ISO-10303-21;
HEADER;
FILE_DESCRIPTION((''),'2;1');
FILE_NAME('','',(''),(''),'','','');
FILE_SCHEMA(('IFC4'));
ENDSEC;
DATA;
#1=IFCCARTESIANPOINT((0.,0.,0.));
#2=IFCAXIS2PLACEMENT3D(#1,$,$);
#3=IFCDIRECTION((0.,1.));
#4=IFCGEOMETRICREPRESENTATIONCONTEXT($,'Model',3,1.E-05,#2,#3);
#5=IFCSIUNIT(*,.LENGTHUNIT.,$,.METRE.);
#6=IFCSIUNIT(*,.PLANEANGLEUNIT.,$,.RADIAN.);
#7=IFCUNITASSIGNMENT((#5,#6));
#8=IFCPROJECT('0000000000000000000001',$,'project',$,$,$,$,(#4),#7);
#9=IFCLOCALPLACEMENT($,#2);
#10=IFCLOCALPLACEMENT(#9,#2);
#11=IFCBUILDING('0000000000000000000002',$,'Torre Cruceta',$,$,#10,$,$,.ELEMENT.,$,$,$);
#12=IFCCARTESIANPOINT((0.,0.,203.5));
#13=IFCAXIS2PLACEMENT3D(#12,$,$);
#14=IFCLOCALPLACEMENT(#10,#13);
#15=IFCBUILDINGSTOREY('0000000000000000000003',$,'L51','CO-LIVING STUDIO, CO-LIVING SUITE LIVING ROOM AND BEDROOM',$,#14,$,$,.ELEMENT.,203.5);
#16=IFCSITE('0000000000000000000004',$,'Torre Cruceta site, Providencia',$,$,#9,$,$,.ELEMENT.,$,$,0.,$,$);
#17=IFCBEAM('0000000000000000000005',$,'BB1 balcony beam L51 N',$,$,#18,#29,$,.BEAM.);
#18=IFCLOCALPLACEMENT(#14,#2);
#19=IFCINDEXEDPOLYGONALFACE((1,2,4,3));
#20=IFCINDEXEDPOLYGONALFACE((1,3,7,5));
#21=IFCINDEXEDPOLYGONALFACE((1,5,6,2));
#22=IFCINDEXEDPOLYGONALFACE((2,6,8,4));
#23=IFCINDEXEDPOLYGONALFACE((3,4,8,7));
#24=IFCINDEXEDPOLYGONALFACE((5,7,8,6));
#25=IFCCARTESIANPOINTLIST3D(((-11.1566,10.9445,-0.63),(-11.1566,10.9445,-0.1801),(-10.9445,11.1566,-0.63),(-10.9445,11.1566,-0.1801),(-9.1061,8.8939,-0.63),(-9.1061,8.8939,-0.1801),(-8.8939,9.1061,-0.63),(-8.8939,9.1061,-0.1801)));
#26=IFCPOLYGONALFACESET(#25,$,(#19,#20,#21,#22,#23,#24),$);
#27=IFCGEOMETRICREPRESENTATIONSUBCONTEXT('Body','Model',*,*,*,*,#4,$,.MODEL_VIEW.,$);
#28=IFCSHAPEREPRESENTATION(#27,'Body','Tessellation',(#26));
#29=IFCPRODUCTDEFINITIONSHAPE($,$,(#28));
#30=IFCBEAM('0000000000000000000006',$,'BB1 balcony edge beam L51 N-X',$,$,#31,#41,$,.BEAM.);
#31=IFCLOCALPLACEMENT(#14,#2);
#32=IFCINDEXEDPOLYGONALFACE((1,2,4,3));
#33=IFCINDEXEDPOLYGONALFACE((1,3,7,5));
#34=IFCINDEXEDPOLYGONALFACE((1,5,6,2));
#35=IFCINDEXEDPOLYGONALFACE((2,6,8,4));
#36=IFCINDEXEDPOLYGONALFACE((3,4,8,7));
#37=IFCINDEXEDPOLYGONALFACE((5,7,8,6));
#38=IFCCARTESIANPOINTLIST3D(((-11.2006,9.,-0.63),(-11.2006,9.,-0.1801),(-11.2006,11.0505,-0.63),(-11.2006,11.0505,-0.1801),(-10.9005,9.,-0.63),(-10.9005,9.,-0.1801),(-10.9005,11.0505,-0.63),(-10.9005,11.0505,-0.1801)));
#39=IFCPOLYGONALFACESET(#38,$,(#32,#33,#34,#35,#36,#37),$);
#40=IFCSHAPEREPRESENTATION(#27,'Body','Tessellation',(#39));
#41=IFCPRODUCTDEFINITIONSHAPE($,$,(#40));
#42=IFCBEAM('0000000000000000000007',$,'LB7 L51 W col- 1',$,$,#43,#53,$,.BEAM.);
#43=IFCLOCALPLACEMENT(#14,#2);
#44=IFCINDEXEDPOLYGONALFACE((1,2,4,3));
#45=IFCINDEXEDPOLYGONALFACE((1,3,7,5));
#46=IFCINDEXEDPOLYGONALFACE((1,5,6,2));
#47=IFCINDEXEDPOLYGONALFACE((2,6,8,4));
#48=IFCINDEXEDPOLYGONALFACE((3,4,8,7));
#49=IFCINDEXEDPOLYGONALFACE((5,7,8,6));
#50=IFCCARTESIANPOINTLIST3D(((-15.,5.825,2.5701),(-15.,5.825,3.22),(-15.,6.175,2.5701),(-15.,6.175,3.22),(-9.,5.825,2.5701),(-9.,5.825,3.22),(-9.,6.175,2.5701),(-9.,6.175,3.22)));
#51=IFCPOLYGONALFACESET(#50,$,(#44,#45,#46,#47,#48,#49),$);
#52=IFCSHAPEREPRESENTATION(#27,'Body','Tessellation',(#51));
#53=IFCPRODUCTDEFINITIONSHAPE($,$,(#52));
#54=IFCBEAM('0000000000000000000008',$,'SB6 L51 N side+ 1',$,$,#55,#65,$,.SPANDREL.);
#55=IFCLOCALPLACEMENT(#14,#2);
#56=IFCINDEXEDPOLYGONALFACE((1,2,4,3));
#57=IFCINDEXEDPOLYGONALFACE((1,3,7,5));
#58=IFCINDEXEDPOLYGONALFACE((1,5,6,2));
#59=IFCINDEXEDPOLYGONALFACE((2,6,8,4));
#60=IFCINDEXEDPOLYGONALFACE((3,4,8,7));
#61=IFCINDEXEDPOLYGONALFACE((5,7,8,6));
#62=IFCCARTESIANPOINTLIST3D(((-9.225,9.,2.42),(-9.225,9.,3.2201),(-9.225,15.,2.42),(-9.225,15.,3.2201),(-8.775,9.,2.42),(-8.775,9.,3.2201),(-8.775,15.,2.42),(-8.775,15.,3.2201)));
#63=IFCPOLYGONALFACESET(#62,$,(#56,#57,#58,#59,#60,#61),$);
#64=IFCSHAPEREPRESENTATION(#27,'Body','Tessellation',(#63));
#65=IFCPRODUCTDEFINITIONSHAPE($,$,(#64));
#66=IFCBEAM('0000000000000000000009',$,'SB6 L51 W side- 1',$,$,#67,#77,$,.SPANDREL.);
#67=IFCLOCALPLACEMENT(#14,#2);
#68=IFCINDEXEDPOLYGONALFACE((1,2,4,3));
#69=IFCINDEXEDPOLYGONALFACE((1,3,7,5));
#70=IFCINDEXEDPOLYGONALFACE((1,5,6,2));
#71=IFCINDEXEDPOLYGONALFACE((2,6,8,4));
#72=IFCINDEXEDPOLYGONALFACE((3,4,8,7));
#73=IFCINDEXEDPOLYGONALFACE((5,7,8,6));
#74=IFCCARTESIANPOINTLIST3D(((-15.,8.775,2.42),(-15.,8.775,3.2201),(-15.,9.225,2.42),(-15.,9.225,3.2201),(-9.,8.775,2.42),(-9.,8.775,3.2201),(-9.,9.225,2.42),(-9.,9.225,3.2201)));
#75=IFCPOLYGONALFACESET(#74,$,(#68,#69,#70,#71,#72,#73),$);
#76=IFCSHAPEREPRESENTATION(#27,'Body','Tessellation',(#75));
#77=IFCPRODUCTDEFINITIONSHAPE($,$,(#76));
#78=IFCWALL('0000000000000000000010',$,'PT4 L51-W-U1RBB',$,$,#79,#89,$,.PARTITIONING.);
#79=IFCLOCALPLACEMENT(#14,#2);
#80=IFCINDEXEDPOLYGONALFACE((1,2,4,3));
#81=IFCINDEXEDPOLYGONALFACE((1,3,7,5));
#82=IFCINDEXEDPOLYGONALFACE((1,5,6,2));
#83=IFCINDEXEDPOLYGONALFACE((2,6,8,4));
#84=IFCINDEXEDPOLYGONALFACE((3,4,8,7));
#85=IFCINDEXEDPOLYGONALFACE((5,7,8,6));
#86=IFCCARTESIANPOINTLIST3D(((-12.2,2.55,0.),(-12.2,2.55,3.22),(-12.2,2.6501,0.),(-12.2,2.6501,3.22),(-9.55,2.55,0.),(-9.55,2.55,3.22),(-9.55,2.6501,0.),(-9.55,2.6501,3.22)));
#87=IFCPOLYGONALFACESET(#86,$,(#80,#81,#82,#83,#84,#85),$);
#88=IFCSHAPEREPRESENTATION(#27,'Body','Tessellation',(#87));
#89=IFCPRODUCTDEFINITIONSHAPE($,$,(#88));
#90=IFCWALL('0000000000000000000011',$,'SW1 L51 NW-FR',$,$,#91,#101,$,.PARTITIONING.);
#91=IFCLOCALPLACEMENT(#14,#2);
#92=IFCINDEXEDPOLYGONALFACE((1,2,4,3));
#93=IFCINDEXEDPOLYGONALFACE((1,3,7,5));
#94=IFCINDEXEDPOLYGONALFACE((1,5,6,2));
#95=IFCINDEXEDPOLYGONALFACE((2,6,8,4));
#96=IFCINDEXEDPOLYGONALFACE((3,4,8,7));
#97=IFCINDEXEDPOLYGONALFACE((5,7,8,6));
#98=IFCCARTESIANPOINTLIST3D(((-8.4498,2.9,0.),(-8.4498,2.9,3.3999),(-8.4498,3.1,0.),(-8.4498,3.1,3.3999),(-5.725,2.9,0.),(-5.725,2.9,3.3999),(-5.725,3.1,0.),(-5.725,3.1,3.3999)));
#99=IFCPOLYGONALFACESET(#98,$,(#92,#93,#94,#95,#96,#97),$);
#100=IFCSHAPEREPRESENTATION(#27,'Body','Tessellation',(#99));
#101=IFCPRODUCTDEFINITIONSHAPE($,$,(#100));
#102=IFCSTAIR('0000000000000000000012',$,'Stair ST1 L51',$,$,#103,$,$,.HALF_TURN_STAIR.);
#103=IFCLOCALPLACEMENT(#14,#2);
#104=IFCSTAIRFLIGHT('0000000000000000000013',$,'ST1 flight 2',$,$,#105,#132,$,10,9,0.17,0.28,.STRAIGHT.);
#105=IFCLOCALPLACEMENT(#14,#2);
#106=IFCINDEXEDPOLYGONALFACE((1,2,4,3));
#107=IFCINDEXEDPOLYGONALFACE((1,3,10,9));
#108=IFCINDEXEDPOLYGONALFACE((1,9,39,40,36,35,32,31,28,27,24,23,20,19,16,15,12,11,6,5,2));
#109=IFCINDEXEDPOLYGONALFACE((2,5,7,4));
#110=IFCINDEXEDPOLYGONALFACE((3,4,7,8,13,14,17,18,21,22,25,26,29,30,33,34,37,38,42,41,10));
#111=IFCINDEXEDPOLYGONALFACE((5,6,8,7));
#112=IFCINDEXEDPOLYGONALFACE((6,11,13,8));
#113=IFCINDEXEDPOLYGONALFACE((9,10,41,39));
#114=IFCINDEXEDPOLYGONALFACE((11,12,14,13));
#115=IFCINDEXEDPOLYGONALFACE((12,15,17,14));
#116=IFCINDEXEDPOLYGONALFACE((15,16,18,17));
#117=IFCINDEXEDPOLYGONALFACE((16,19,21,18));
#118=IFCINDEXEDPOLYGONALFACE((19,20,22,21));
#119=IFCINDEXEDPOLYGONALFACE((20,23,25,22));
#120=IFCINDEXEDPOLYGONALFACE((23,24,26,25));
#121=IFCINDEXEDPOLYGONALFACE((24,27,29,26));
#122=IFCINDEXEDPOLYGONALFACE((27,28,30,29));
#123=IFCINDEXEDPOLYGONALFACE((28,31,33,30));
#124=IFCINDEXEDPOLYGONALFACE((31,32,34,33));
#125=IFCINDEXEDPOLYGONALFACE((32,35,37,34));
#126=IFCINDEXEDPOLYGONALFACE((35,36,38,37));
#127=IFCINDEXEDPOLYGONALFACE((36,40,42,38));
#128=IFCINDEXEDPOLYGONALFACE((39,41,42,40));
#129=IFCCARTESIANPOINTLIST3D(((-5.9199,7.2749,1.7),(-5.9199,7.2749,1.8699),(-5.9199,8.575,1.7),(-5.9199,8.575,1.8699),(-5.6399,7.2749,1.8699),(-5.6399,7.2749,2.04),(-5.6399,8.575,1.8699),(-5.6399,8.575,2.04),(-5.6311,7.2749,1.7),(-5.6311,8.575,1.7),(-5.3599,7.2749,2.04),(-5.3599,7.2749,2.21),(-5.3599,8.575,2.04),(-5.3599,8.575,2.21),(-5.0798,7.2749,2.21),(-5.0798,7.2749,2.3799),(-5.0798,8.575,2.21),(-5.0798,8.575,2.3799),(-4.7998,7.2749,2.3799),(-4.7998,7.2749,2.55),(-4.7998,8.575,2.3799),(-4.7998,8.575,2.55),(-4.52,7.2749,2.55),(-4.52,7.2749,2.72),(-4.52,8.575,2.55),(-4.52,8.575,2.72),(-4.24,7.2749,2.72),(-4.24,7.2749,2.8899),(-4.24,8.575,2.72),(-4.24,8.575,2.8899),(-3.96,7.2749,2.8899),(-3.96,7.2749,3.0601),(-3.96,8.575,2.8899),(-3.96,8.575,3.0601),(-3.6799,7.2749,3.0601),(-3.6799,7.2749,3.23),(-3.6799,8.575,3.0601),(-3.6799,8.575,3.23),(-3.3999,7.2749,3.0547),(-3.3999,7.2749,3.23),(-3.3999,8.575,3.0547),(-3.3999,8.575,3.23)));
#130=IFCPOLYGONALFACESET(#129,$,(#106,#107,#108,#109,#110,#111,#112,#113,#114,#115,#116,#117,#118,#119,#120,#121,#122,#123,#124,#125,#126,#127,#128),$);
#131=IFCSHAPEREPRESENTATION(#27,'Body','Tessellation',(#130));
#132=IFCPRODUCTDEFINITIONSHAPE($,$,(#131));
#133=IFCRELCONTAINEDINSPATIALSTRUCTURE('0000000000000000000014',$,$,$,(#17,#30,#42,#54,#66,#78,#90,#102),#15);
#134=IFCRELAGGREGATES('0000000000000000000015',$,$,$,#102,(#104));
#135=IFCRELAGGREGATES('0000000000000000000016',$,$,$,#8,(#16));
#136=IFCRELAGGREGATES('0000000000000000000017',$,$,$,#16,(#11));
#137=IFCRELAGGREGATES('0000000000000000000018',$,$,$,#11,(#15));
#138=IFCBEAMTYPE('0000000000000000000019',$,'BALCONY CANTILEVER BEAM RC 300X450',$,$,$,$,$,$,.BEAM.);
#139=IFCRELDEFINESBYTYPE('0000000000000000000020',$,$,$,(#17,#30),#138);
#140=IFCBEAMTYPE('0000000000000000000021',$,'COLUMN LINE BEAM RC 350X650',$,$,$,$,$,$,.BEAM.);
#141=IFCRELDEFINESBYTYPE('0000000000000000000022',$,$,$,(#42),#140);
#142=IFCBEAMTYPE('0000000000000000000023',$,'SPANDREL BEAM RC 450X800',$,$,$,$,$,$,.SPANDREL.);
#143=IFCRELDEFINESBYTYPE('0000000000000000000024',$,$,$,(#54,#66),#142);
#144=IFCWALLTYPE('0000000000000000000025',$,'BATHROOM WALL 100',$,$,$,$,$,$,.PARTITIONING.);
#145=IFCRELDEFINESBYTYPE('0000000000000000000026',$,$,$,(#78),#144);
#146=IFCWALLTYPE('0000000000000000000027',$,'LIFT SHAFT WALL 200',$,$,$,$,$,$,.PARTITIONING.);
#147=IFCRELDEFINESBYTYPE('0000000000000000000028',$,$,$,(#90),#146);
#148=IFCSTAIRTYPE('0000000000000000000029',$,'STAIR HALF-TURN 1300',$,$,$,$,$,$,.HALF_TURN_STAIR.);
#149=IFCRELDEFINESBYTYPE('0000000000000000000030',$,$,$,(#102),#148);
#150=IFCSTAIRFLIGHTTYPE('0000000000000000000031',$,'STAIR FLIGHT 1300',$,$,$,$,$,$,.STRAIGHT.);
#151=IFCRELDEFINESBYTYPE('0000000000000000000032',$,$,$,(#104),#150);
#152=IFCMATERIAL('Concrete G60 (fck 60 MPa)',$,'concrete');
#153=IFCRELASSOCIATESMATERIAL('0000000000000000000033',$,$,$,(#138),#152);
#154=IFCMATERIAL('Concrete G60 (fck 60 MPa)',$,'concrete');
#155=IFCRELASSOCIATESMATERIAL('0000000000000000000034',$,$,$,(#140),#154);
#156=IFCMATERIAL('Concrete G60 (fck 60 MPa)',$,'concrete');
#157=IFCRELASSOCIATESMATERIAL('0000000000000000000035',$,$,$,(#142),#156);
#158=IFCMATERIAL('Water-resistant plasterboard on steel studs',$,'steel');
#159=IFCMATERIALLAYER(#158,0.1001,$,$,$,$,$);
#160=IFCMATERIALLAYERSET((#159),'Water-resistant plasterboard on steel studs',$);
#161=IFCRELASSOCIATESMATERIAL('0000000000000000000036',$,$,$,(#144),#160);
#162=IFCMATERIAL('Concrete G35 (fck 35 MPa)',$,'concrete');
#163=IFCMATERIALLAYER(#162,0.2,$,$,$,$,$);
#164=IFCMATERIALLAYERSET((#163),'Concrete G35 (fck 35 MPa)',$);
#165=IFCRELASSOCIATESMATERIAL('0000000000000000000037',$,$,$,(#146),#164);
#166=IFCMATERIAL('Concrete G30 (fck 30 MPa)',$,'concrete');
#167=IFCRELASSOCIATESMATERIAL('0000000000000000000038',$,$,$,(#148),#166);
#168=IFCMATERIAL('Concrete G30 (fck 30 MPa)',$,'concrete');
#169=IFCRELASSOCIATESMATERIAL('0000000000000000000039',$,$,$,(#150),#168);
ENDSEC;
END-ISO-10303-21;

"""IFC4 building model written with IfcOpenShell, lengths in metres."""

from ifc_helpers import new_model, si_unit, direction, frame, frame_2d, origin, origin_2d, place, context, subcontext, project, spatial, polyline, rectangle, outline, extrude, material, layer, layer_set, material_profile, profile_set, type_object, element, aggregate, save


model = new_model("IFC4")

# Units and contexts
model_context = context("Model", 3, precision=1e-05, world=origin(), true_north=direction((0.0, 1.0)))
body_context = subcontext(model_context, "Body", "Model", "MODEL_VIEW")
ifc_project = project(units=[si_unit("LENGTHUNIT", "METRE"), si_unit("PLANEANGLEUNIT", "RADIAN")], contexts=[model_context])

# Site, building, storey
site_placement = place(None, origin())
site = spatial("IfcSite", under=ifc_project, at=site_placement, Name="Torre Cruceta site, Providencia", CompositionType="ELEMENT", RefElevation=0.0)
building_placement = place(site_placement, origin())
building = spatial("IfcBuilding", under=site, at=building_placement, Name="Torre Cruceta", CompositionType="ELEMENT")
storey_placement = place(building_placement, frame((0.0, 0.0, 203.5)))
storey = spatial("IfcBuildingStorey", under=building, at=storey_placement, Name="L51", Description="CO-LIVING STUDIO, CO-LIVING SUITE LIVING ROOM AND BEDROOM", CompositionType="ELEMENT", Elevation=203.5)

# Beams
ifc_material_1 = material(Name="Concrete G60 (fck 60 MPa)", Category="concrete")
ifc_material_profile_1 = material_profile(ifc_material_1, rectangle(XDim=0.3, YDim=0.45, at=origin_2d()), Name="RC 300X450")
ifc_profile_set_1 = profile_set([ifc_material_profile_1], Name="Concrete G60 (fck 60 MPa)")
beam_type_1 = type_object("IfcBeamType", Name="BALCONY CANTILEVER BEAM RC 300X450", PredefinedType="BEAM", material=ifc_profile_set_1)
beam_1_placement = place(storey_placement, frame((-9.0, 9.0, -0.405), z_axis=(-0.707107, 0.707107, 0.0), x_axis=(-0.707107, -0.707107, 0.0)))
element("IfcBeam", 1, at=beam_1_placement, inside=storey, type_object=beam_type_1, Name="BB1 balcony beam L51 N", PredefinedType="BEAM", context=body_context, shape_type="SweptSolid", body=[
    extrude(rectangle(XDim=0.3, YDim=0.45, at=origin_2d()), origin(), (0.0, 0.0, 1.0), 2.8999),
])
beam_2_placement = place(storey_placement, frame((-11.0505, 9.0, -0.405), z_axis=(0.0, 1.0, 0.0), x_axis=(-1.0, 0.0, 0.0)))
element("IfcBeam", 2, at=beam_2_placement, inside=storey, type_object=beam_type_1, Name="BB1 balcony edge beam L51 N-X", PredefinedType="BEAM", context=body_context, shape_type="SweptSolid", body=[
    extrude(rectangle(XDim=0.3, YDim=0.45, at=origin_2d()), origin(), (0.0, 0.0, 1.0), 2.0505),
])
ifc_material_2 = material(Name="Concrete G60 (fck 60 MPa)", Category="concrete")
ifc_material_profile_2 = material_profile(ifc_material_2, rectangle(XDim=0.3501, YDim=0.6499, at=origin_2d()), Name="RC 350X650")
ifc_profile_set_2 = profile_set([ifc_material_profile_2], Name="Concrete G60 (fck 60 MPa)")
beam_type_2 = type_object("IfcBeamType", Name="COLUMN LINE BEAM RC 350X650", PredefinedType="BEAM", material=ifc_profile_set_2)
beam_3_placement = place(storey_placement, frame((-9.0, 6.0, 2.895), z_axis=(-1.0, 0.0, 0.0), x_axis=(0.0, -1.0, 0.0)))
element("IfcBeam", 3, at=beam_3_placement, inside=storey, type_object=beam_type_2, Name="LB7 L51 W col- 1", PredefinedType="BEAM", context=body_context, shape_type="SweptSolid", body=[
    extrude(rectangle(XDim=0.3501, YDim=0.6499, at=origin_2d()), origin(), (0.0, 0.0, 1.0), 6.0),
])
ifc_material_3 = material(Name="Concrete G60 (fck 60 MPa)", Category="concrete")
ifc_material_profile_3 = material_profile(ifc_material_3, rectangle(XDim=0.45, YDim=0.8, at=origin_2d()), Name="RC 450X800")
ifc_profile_set_3 = profile_set([ifc_material_profile_3], Name="Concrete G60 (fck 60 MPa)")
beam_type_3 = type_object("IfcBeamType", Name="SPANDREL BEAM RC 450X800", PredefinedType="SPANDREL", material=ifc_profile_set_3)
for number, where, z_axis, x_axis, name in (
    (4, (-9.0, 9.0, 2.8201), (0.0, 1.0, 0.0), (-1.0, 0.0, 0.0), "SB6 L51 N side+ 1"),
    (5, (-9.0, 9.0, 2.8201), (-1.0, 0.0, 0.0), (0.0, -1.0, 0.0), "SB6 L51 W side- 1"),
):
    element("IfcBeam", number, at=place(storey_placement, frame(where, z_axis=z_axis, x_axis=x_axis)), inside=storey, type_object=beam_type_3, Name=name, PredefinedType="SPANDREL", context=body_context, shape_type="SweptSolid", body=[
        extrude(rectangle(XDim=0.45, YDim=0.8, at=origin_2d()), origin(), (0.0, 0.0, 1.0), 6.0),
    ])

# Wall
ifc_material_4 = material(Name="Water-resistant plasterboard on steel studs", Category="steel")
ifc_layer_1 = layer(ifc_material_4, 0.1001)
ifc_layer_set_1 = layer_set([ifc_layer_1], Name="Water-resistant plasterboard on steel studs")
wall_type_1 = type_object("IfcWallType", Name="BATHROOM WALL 100", PredefinedType="PARTITIONING", material=ifc_layer_set_1)
wall_1_placement = place(storey_placement, frame((-9.55, 2.6001, 0.0), z_axis=(0.0, 0.0, 1.0), x_axis=(-1.0, 0.0, 0.0)))
element("IfcWall", 6, at=wall_1_placement, inside=storey, type_object=wall_type_1, Name="PT4 L51-W-U1RBB", PredefinedType="PARTITIONING", context=body_context, shape_type="SweptSolid", body=[
    extrude(rectangle(XDim=2.6499, YDim=0.1001, at=frame_2d((1.325, 0.0))), origin(), (0.0, 0.0, 1.0), 3.22),
])

# Wall
ifc_material_5 = material(Name="Concrete G35 (fck 35 MPa)", Category="concrete")
ifc_layer_2 = layer(ifc_material_5, 0.2)
ifc_layer_set_2 = layer_set([ifc_layer_2], Name="Concrete G35 (fck 35 MPa)")
wall_type_2 = type_object("IfcWallType", Name="LIFT SHAFT WALL 200", PredefinedType="PARTITIONING", material=ifc_layer_set_2)
wall_2_placement = place(storey_placement, frame((-5.7251, 3.0, 0.0), z_axis=(0.0, 0.0, 1.0), x_axis=(-1.0, 0.0, 0.0)))
element("IfcWall", 7, at=wall_2_placement, inside=storey, type_object=wall_type_2, Name="SW1 L51 NW-FR", PredefinedType="PARTITIONING", context=body_context, shape_type="SweptSolid", body=[
    extrude(rectangle(XDim=2.7249, YDim=0.2, at=frame_2d((1.3623, 0.0))), origin(), (0.0, 0.0, 1.0), 3.3999),
])

# Stair, stair flight
ifc_material_6 = material(Name="Concrete G30 (fck 30 MPa)", Category="concrete")
stair_type = type_object("IfcStairType", Name="STAIR HALF-TURN 1300", PredefinedType="HALF_TURN_STAIR", material=ifc_material_6)
stair_placement = place(storey_placement, origin())
stair = element("IfcStair", 8, at=stair_placement, inside=storey, type_object=stair_type, Name="Stair ST1 L51", PredefinedType="HALF_TURN_STAIR")
ifc_material_7 = material(Name="Concrete G30 (fck 30 MPa)", Category="concrete")
stair_flight_type = type_object("IfcStairFlightType", Name="STAIR FLIGHT 1300", PredefinedType="STRAIGHT", material=ifc_material_7)
stair_flight_placement = place(storey_placement, frame((-5.9199, 7.925, 1.7), z_axis=(0.0, 0.0, 1.0), x_axis=(1.0, 0.0, 0.0)))
stair_flight = element("IfcStairFlight", 9, at=stair_flight_placement, type_object=stair_flight_type, Name="ST1 flight 2", NumberOfRisers=10, NumberOfTreads=9, PredefinedType="STRAIGHT", RiserHeight=0.17, TreadLength=0.28, context=body_context, shape_type="SweptSolid", body=[
    extrude(outline(polyline([(0.0, 0.0), (0.0, 0.1699), (0.28, 0.1699), (0.28, 0.3401), (0.5601, 0.3401), (0.5601, 0.51), (0.8401, 0.51), (0.8401, 0.6799), (1.1201, 0.6799), (1.1201, 0.8501), (1.3999, 0.8501), (1.3999, 1.02), (1.6799, 1.02), (1.6799, 1.1899), (1.96, 1.1899), (1.96, 1.3601), (2.24, 1.3601), (2.24, 1.53), (2.52, 1.53), (2.52, 1.7), (2.52, 1.3547), (0.2888, 0.0), (0.0, 0.0)])), frame((0.0, 0.6499, 0.0), z_axis=(0.0, -1.0, 0.0), x_axis=(1.0, 0.0, 0.0)), (0.0, 0.0, 1.0), 1.3),
])
aggregate(stair, [stair_flight])

save(model, "model.ifc")
